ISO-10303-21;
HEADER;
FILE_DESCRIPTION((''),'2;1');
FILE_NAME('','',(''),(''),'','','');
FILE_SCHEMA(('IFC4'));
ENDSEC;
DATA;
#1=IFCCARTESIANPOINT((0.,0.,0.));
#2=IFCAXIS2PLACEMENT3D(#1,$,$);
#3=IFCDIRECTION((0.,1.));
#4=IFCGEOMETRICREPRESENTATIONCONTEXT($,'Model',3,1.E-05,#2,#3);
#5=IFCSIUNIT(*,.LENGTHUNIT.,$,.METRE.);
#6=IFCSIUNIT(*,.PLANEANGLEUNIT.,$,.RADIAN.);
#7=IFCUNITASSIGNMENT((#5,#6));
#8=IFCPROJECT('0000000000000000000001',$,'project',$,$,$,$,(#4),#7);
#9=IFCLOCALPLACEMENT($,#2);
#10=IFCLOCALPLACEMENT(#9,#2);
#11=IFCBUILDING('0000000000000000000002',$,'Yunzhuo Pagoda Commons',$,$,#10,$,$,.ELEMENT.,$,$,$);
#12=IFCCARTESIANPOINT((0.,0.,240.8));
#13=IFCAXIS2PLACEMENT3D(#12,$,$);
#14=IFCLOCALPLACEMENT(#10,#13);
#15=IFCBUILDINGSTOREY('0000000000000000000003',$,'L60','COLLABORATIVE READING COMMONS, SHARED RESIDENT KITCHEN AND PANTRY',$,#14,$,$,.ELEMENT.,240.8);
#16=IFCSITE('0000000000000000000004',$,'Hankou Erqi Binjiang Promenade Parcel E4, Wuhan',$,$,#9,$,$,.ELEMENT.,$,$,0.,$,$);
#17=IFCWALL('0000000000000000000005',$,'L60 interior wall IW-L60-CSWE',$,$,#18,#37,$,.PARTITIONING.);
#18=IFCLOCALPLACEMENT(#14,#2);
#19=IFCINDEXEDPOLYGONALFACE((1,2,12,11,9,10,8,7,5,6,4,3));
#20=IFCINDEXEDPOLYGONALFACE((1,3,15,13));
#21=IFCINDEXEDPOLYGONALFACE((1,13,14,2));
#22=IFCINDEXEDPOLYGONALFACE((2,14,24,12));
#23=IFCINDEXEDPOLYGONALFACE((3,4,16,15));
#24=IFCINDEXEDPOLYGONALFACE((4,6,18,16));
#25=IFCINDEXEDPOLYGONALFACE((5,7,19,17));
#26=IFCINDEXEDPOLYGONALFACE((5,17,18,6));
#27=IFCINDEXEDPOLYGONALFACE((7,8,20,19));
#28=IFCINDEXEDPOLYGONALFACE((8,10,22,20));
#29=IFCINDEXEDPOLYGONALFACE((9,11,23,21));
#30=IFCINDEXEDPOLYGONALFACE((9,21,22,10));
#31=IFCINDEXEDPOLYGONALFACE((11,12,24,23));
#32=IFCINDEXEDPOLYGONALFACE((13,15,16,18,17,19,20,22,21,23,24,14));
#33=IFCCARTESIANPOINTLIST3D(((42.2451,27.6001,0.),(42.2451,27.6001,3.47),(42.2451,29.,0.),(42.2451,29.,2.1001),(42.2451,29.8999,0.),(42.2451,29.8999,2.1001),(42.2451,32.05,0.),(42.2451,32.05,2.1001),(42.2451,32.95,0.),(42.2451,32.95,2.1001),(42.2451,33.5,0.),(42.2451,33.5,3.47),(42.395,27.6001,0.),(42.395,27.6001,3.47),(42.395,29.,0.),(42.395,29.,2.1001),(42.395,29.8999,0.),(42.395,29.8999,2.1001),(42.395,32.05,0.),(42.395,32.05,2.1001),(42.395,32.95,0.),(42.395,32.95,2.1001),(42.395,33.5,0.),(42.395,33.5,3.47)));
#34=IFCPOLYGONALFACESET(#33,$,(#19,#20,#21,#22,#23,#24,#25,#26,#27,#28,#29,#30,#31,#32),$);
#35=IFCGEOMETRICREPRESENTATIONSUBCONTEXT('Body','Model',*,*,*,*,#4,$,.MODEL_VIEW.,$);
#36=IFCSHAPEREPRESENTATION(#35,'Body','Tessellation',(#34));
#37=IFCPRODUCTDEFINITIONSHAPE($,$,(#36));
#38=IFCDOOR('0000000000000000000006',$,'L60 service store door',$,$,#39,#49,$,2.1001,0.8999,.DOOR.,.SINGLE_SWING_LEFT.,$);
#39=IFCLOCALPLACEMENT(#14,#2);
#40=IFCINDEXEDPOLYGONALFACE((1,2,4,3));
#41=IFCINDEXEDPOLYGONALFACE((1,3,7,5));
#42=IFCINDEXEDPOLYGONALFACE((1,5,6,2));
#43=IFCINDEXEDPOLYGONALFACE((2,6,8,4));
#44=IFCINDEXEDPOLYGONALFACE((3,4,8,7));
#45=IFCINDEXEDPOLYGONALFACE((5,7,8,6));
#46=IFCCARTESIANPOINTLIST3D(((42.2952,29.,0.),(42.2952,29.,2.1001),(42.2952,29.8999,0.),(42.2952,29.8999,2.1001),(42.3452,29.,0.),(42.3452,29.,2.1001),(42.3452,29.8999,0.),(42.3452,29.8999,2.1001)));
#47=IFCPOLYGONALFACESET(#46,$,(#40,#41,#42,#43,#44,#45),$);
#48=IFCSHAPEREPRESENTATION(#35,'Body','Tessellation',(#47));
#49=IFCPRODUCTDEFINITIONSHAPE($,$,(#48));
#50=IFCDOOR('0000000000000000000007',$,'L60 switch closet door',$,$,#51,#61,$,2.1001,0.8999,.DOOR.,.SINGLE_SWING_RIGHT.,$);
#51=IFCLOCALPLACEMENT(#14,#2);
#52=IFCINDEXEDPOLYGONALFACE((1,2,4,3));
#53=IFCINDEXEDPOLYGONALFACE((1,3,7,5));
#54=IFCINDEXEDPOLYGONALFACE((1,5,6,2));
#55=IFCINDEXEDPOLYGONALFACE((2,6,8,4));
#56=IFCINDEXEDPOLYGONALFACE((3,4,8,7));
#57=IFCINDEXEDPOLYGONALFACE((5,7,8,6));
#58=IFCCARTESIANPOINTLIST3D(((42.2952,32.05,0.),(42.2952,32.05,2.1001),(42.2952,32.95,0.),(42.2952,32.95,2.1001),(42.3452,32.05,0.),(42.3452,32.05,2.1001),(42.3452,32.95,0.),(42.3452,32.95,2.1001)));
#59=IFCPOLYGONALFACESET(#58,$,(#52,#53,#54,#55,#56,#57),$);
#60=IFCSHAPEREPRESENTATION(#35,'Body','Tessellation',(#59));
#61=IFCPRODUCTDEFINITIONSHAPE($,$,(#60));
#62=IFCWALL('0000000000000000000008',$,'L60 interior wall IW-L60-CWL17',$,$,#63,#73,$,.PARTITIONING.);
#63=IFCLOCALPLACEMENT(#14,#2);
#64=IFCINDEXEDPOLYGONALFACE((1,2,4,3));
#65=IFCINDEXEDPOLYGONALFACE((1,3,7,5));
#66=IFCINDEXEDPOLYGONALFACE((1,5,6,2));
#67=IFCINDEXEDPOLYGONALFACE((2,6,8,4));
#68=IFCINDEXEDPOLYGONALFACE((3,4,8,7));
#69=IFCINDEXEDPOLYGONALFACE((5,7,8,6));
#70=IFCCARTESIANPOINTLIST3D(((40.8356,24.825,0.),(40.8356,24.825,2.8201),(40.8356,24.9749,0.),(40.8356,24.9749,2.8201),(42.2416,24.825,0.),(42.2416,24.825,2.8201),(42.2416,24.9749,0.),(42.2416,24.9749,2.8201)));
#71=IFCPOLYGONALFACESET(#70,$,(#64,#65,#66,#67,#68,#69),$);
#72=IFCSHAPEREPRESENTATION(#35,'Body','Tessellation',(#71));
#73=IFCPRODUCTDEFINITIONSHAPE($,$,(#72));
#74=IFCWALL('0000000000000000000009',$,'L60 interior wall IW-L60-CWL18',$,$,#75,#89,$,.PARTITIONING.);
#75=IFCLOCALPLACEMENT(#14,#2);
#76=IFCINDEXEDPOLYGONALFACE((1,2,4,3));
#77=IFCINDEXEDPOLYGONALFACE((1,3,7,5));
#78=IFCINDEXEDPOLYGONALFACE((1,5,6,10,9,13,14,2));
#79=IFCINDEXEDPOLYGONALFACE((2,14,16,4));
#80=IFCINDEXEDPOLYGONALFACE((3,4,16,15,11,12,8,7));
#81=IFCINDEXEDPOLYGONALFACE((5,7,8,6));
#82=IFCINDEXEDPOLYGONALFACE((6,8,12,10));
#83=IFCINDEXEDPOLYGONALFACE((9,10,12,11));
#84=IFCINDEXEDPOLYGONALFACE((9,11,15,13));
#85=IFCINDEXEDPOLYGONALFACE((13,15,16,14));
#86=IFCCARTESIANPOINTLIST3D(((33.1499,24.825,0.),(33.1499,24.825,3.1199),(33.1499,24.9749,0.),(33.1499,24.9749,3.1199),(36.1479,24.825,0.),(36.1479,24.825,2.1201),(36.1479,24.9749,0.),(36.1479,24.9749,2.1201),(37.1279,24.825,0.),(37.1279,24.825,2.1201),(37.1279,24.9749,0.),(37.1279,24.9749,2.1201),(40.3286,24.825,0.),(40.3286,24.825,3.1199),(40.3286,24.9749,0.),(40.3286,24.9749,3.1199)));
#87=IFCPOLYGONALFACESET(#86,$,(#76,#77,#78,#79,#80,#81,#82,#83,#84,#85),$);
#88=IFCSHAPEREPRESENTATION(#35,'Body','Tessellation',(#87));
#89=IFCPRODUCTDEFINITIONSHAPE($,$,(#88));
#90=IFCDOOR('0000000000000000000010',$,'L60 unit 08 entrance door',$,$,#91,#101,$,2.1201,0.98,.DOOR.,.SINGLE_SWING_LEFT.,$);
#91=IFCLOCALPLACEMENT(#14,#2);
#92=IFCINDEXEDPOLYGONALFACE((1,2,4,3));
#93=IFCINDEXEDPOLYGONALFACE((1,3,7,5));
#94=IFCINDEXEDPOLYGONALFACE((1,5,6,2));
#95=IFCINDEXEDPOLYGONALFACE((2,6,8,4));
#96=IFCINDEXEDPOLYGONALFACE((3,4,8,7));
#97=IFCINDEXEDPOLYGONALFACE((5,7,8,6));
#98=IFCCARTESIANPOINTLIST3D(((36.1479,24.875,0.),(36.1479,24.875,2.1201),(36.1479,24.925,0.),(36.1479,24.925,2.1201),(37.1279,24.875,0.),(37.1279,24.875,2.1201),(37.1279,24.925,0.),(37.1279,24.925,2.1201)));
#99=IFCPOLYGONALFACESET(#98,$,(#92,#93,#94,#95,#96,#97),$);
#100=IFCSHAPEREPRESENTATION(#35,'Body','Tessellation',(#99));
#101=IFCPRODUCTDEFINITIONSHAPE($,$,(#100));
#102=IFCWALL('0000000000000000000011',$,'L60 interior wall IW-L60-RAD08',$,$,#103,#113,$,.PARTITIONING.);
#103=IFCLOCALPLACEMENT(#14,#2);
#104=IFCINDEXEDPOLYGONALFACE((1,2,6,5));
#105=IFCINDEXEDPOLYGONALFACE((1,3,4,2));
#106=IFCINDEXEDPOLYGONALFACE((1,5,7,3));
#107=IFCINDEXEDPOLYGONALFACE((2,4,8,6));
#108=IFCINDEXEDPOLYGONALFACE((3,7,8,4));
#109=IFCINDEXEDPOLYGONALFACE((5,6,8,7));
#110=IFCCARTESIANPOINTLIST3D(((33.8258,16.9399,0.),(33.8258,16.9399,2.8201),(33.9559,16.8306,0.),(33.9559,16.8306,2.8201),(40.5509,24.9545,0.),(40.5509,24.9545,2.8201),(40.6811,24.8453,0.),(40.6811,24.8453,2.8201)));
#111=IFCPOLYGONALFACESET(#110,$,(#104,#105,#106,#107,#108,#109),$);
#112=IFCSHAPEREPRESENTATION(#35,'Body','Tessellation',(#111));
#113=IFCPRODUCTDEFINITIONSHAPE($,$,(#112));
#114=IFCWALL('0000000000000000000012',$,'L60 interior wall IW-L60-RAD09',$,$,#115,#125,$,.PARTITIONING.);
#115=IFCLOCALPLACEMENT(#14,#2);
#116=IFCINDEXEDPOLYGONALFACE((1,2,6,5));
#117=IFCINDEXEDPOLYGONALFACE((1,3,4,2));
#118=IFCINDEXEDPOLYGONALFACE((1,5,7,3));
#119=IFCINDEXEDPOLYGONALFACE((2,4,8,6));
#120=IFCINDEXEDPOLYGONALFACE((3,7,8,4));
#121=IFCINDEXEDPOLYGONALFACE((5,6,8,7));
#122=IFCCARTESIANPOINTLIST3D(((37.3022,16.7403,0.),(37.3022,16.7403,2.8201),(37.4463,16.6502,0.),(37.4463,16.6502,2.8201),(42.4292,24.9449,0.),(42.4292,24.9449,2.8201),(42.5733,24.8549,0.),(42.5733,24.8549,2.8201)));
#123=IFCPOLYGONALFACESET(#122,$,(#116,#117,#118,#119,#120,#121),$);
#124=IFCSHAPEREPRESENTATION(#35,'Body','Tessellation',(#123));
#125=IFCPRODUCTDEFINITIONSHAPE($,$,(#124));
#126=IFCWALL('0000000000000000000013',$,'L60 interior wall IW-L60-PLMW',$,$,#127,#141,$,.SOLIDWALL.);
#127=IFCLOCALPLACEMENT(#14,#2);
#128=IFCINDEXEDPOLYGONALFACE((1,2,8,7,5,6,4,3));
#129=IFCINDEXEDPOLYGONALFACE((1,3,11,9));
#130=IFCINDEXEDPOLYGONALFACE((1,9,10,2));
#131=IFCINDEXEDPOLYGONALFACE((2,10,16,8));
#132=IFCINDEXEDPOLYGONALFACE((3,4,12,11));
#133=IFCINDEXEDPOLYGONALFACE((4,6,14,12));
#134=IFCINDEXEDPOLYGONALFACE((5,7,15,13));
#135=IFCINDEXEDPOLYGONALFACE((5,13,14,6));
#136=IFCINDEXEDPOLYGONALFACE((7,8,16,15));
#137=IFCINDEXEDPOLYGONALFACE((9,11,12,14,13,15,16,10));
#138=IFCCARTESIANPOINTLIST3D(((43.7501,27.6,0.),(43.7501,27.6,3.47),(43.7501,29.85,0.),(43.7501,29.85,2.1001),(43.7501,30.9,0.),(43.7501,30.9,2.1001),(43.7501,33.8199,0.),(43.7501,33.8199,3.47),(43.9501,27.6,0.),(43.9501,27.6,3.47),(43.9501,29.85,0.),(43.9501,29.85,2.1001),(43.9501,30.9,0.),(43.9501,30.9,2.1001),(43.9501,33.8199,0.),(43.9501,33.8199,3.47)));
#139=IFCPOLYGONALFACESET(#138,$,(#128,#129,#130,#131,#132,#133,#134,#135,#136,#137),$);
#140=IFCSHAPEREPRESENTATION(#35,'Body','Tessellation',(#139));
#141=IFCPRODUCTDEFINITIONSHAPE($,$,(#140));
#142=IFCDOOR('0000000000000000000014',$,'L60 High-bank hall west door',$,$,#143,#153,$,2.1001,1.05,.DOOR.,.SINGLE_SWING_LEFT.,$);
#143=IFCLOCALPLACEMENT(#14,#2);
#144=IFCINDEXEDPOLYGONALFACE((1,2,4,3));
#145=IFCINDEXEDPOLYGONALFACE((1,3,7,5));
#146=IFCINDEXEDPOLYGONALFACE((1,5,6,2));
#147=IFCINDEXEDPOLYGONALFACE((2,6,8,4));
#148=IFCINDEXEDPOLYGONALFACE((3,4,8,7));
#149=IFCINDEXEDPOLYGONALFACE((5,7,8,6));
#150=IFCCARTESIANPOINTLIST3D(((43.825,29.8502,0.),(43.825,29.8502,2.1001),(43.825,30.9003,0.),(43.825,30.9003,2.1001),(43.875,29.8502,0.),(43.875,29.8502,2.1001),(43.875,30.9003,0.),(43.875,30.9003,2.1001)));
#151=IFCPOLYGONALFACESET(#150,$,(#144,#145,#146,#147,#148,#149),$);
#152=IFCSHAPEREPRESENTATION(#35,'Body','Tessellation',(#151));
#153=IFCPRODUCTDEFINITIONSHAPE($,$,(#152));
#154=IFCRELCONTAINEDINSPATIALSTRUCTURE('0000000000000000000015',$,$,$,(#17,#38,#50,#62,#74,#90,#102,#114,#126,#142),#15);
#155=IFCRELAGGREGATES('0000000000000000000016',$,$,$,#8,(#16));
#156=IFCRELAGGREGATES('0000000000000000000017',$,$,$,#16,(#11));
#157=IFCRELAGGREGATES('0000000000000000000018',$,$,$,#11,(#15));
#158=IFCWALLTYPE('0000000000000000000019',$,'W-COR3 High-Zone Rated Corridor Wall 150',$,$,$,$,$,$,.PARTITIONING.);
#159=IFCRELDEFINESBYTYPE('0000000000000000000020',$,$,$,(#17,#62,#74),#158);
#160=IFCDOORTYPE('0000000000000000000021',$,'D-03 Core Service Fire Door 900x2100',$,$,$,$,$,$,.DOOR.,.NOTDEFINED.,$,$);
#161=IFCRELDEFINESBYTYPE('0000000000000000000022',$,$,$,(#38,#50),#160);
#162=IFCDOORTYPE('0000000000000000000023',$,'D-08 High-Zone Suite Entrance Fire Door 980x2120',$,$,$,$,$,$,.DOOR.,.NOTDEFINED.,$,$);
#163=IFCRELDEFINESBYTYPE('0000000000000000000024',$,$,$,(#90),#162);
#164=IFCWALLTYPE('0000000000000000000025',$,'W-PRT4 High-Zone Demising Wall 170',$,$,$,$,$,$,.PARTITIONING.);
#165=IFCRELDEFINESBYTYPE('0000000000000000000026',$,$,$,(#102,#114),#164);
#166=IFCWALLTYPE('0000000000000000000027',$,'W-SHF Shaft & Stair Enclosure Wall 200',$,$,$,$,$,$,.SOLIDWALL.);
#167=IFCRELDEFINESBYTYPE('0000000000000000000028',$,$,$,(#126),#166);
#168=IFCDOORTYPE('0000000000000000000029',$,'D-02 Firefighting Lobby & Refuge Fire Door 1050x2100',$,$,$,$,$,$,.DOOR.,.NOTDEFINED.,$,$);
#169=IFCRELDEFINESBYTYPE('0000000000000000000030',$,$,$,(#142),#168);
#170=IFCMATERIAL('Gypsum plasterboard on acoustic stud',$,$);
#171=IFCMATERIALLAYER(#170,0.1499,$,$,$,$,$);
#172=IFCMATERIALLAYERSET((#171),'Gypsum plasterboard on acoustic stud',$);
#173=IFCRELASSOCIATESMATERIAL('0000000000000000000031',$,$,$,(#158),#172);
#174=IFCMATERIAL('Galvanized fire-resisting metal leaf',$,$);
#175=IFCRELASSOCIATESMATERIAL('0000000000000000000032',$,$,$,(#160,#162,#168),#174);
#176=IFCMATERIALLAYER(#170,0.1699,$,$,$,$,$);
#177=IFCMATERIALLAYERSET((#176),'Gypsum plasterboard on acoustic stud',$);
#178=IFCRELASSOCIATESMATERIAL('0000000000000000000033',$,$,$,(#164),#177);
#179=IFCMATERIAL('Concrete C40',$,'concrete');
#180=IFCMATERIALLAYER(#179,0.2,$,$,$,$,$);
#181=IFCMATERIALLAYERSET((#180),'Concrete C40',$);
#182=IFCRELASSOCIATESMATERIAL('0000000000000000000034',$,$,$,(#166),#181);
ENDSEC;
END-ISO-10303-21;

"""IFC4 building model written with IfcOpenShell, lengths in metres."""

from ifc_helpers import new_model, si_unit, direction, frame, frame_2d, origin, origin_with_axes, place, context, subcontext, project, spatial, rectangle, extrude, source, transform, mapped, material, layer, layer_set, type_object, element, fill, save


model = new_model("IFC4")

# Units and contexts
model_context = context("Model", 3, precision=1e-05, world=origin(), true_north=direction((0.0, 1.0)))
body_context = subcontext(model_context, "Body", "Model", "MODEL_VIEW")
ifc_project = project(units=[si_unit("LENGTHUNIT", "METRE"), si_unit("PLANEANGLEUNIT", "RADIAN")], contexts=[model_context])

# Site, building, storey
site_placement = place(None, origin())
site = spatial("IfcSite", under=ifc_project, at=site_placement, Name="Hankou Erqi Binjiang Promenade Parcel E4, Wuhan", CompositionType="ELEMENT", RefElevation=0.0)
building_placement = place(site_placement, origin())
building = spatial("IfcBuilding", under=site, at=building_placement, Name="Yunzhuo Pagoda Commons", CompositionType="ELEMENT")
storey_placement = place(building_placement, frame((0.0, 0.0, 240.8)))
storey = spatial("IfcBuildingStorey", under=building, at=storey_placement, Name="L60", Description="COLLABORATIVE READING COMMONS, SHARED RESIDENT KITCHEN AND PANTRY", CompositionType="ELEMENT", Elevation=240.8)

# Wall, openings, doors
ifc_material_1 = material(Name="Gypsum plasterboard on acoustic stud")
ifc_layer_1 = layer(ifc_material_1, 0.1499)
ifc_layer_set_1 = layer_set([ifc_layer_1], Name="Gypsum plasterboard on acoustic stud")
wall_type_1 = type_object("IfcWallType", Name="W-COR3 High-Zone Rated Corridor Wall 150", PredefinedType="PARTITIONING", material=ifc_layer_set_1)
wall_1_placement = place(storey_placement, frame((42.3201, 27.6001, 0.0), z_axis=(0.0, 0.0, 1.0), x_axis=(0.0, 1.0, 0.0)))
wall_1 = element("IfcWall", 1, at=wall_1_placement, inside=storey, type_object=wall_type_1, Name="L60 interior wall IW-L60-CSWE", PredefinedType="PARTITIONING", context=body_context, shape_type="SweptSolid", body=[
    extrude(rectangle(XDim=5.8999, YDim=0.1499, at=frame_2d((2.95, 0.0))), origin(), (0.0, 0.0, 1.0), 3.47),
])
opening_1_placement = place(wall_1_placement, frame((1.3999, 0.0, 0.0)))
opening_1 = element("IfcOpeningElement", 2, at=opening_1_placement, cuts=wall_1, PredefinedType="OPENING", context=body_context, shape_type="SweptSolid", body=[
    extrude(rectangle(XDim=0.8999, YDim=2.1001, at=frame_2d((0.45, 1.05))), frame((0.0, 0.085, 0.0), z_axis=(0.0, -1.0, 0.0), x_axis=(1.0, 0.0, 0.0)), (0.0, 0.0, 1.0), 0.1699),
])
opening_2_placement = place(wall_1_placement, frame((4.45, 0.0, 0.0)))
opening_2 = element("IfcOpeningElement", 3, at=opening_2_placement, cuts=wall_1, PredefinedType="OPENING", context=body_context, shape_type="SweptSolid", body=[
    extrude(rectangle(XDim=0.8999, YDim=2.1001, at=frame_2d((0.45, 1.05))), frame((0.0, 0.085, 0.0), z_axis=(0.0, -1.0, 0.0), x_axis=(1.0, 0.0, 0.0)), (0.0, 0.0, 1.0), 0.1699),
])
ifc_material_2 = material(Name="Galvanized fire-resisting metal leaf")
door_type_1 = type_object("IfcDoorType", Name="D-03 Core Service Fire Door 900x2100", OperationType="NOTDEFINED", PredefinedType="DOOR", material=ifc_material_2)
shared_shape_1 = source(origin(), body_context, "Body", "SweptSolid", [
    extrude(rectangle(XDim=0.8999, YDim=2.1001, at=frame_2d((0.45, 1.05))), frame((0.0, 0.0249, 0.0), z_axis=(0.0, -1.0, 0.0), x_axis=(1.0, 0.0, 0.0)), (0.0, 0.0, 1.0), 0.05),
])
door_1_placement = place(opening_1_placement, origin_with_axes())
door_1 = element("IfcDoor", 4, at=door_1_placement, inside=storey, type_object=door_type_1, Name="L60 service store door", OperationType="SINGLE_SWING_LEFT", OverallHeight=2.1001, OverallWidth=0.8999, PredefinedType="DOOR", context=body_context, shape_type="MappedRepresentation", body=[
    mapped(shared_shape_1, transform((0.0, 0.0, 0.0), scale=1.0)),
])
fill(opening_1, door_1)
door_2_placement = place(opening_2_placement, origin_with_axes())
door_2 = element("IfcDoor", 5, at=door_2_placement, inside=storey, type_object=door_type_1, Name="L60 switch closet door", OperationType="SINGLE_SWING_RIGHT", OverallHeight=2.1001, OverallWidth=0.8999, PredefinedType="DOOR", context=body_context, shape_type="MappedRepresentation", body=[
    mapped(shared_shape_1, transform((0.0, 0.0, 0.0), scale=1.0)),
])
fill(opening_2, door_2)

# Wall
wall_2_placement = place(storey_placement, frame((42.2417, 24.8999, 0.0), z_axis=(0.0, 0.0, 1.0), x_axis=(-1.0, 0.0, 0.0)))
element("IfcWall", 6, at=wall_2_placement, inside=storey, type_object=wall_type_1, Name="L60 interior wall IW-L60-CWL17", PredefinedType="PARTITIONING", context=body_context, shape_type="SweptSolid", body=[
    extrude(rectangle(XDim=1.406, YDim=0.1499, at=frame_2d((0.7031, 0.0))), origin(), (0.0, 0.0, 1.0), 2.8201),
])

# Wall, opening, door
wall_3_placement = place(storey_placement, frame((40.3286, 24.8999, 0.0), z_axis=(0.0, 0.0, 1.0), x_axis=(-1.0, 0.0, 0.0)))
wall_3 = element("IfcWall", 7, at=wall_3_placement, inside=storey, type_object=wall_type_1, Name="L60 interior wall IW-L60-CWL18", PredefinedType="PARTITIONING", context=body_context, shape_type="SweptSolid", body=[
    extrude(rectangle(XDim=7.1787, YDim=0.1499, at=frame_2d((3.5894, 0.0))), origin(), (0.0, 0.0, 1.0), 3.1199),
])
opening_3_placement = place(wall_3_placement, frame((3.2007, 0.0, 0.0)))
opening_3 = element("IfcOpeningElement", 8, at=opening_3_placement, cuts=wall_3, PredefinedType="OPENING", context=body_context, shape_type="SweptSolid", body=[
    extrude(rectangle(XDim=0.98, YDim=2.1201, at=frame_2d((0.49, 1.0601))), frame((0.0, 0.085, 0.0), z_axis=(0.0, -1.0, 0.0), x_axis=(1.0, 0.0, 0.0)), (0.0, 0.0, 1.0), 0.1699),
])
door_type_2 = type_object("IfcDoorType", Name="D-08 High-Zone Suite Entrance Fire Door 980x2120", OperationType="NOTDEFINED", PredefinedType="DOOR", material=ifc_material_2)
shared_shape_2 = source(origin(), body_context, "Body", "SweptSolid", [
    extrude(rectangle(XDim=0.98, YDim=2.1201, at=frame_2d((0.49, 1.0601))), frame((0.0, 0.0249, 0.0), z_axis=(0.0, -1.0, 0.0), x_axis=(1.0, 0.0, 0.0)), (0.0, 0.0, 1.0), 0.05),
])
door_3_placement = place(opening_3_placement, origin_with_axes())
door_3 = element("IfcDoor", 9, at=door_3_placement, inside=storey, type_object=door_type_2, Name="L60 unit 08 entrance door", OperationType="SINGLE_SWING_LEFT", OverallHeight=2.1201, OverallWidth=0.98, PredefinedType="DOOR", context=body_context, shape_type="MappedRepresentation", body=[
    mapped(shared_shape_2, transform((0.0, 0.0, 0.0), scale=1.0)),
])
fill(opening_3, door_3)

# Walls
ifc_layer_2 = layer(ifc_material_1, 0.1699)
ifc_layer_set_2 = layer_set([ifc_layer_2], Name="Gypsum plasterboard on acoustic stud")
wall_type_2 = type_object("IfcWallType", Name="W-PRT4 High-Zone Demising Wall 170", PredefinedType="PARTITIONING", material=ifc_layer_set_2)
wall_4_placement = place(storey_placement, frame((40.616, 24.8999, 0.0), z_axis=(0.0, 0.0, 1.0), x_axis=(-0.642788, -0.766044, 0.0)))
element("IfcWall", 10, at=wall_4_placement, inside=storey, type_object=wall_type_2, Name="L60 interior wall IW-L60-RAD08", PredefinedType="PARTITIONING", context=body_context, shape_type="SweptSolid", body=[
    extrude(rectangle(XDim=10.4624, YDim=0.1699, at=frame_2d((5.2312, 0.0))), origin(), (0.0, 0.0, 1.0), 2.8201),
])
wall_5_placement = place(storey_placement, frame((42.5012, 24.8999, 0.0), z_axis=(0.0, 0.0, 1.0), x_axis=(-0.529931, -0.848041, 0.0)))
element("IfcWall", 11, at=wall_5_placement, inside=storey, type_object=wall_type_2, Name="L60 interior wall IW-L60-RAD09", PredefinedType="PARTITIONING", context=body_context, shape_type="SweptSolid", body=[
    extrude(rectangle(XDim=9.6748, YDim=0.1699, at=frame_2d((4.8374, 0.0))), origin(), (0.0, 0.0, 1.0), 2.8201),
])

# Wall, opening, door
ifc_material_3 = material(Name="Concrete C40", Category="concrete")
ifc_layer_3 = layer(ifc_material_3, 0.2)
ifc_layer_set_3 = layer_set([ifc_layer_3], Name="Concrete C40")
wall_type_3 = type_object("IfcWallType", Name="W-SHF Shaft & Stair Enclosure Wall 200", PredefinedType="SOLIDWALL", material=ifc_layer_set_3)
wall_6_placement = place(storey_placement, frame((43.8501, 27.6001, 0.0), z_axis=(0.0, 0.0, 1.0), x_axis=(0.0, 1.0, 0.0)))
wall_6 = element("IfcWall", 12, at=wall_6_placement, inside=storey, type_object=wall_type_3, Name="L60 interior wall IW-L60-PLMW", PredefinedType="SOLIDWALL", context=body_context, shape_type="SweptSolid", body=[
    extrude(rectangle(XDim=6.22, YDim=0.2, at=frame_2d((3.1099, 0.0))), origin(), (0.0, 0.0, 1.0), 3.47),
])
opening_4_placement = place(wall_6_placement, frame((2.25, 0.0, 0.0)))
opening_4 = element("IfcOpeningElement", 13, at=opening_4_placement, cuts=wall_6, PredefinedType="OPENING", context=body_context, shape_type="SweptSolid", body=[
    extrude(rectangle(XDim=1.05, YDim=2.1001, at=frame_2d((0.5249, 1.05))), frame((0.0, 0.1099, 0.0), z_axis=(0.0, -1.0, 0.0), x_axis=(1.0, 0.0, 0.0)), (0.0, 0.0, 1.0), 0.22),
])
door_type_3 = type_object("IfcDoorType", Name="D-02 Firefighting Lobby & Refuge Fire Door 1050x2100", OperationType="NOTDEFINED", PredefinedType="DOOR", material=ifc_material_2)
shared_shape_3 = source(origin(), body_context, "Body", "SweptSolid", [
    extrude(rectangle(XDim=1.05, YDim=2.1001, at=frame_2d((0.5249, 1.05))), frame((0.0, 0.0249, 0.0), z_axis=(0.0, -1.0, 0.0), x_axis=(1.0, 0.0, 0.0)), (0.0, 0.0, 1.0), 0.05),
])
door_4_placement = place(opening_4_placement, frame((1.05, 0.0, 0.0), z_axis=(0.0, 0.0, 1.0), x_axis=(-1.0, 0.0, 0.0)))
door_4 = element("IfcDoor", 14, at=door_4_placement, inside=storey, type_object=door_type_3, Name="L60 High-bank hall west door", OperationType="SINGLE_SWING_LEFT", OverallHeight=2.1001, OverallWidth=1.05, PredefinedType="DOOR", context=body_context, shape_type="MappedRepresentation", body=[
    mapped(shared_shape_3, transform((0.0, 0.0, 0.0), scale=1.0)),
])
fill(opening_4, door_4)

save(model, "model.ifc")
